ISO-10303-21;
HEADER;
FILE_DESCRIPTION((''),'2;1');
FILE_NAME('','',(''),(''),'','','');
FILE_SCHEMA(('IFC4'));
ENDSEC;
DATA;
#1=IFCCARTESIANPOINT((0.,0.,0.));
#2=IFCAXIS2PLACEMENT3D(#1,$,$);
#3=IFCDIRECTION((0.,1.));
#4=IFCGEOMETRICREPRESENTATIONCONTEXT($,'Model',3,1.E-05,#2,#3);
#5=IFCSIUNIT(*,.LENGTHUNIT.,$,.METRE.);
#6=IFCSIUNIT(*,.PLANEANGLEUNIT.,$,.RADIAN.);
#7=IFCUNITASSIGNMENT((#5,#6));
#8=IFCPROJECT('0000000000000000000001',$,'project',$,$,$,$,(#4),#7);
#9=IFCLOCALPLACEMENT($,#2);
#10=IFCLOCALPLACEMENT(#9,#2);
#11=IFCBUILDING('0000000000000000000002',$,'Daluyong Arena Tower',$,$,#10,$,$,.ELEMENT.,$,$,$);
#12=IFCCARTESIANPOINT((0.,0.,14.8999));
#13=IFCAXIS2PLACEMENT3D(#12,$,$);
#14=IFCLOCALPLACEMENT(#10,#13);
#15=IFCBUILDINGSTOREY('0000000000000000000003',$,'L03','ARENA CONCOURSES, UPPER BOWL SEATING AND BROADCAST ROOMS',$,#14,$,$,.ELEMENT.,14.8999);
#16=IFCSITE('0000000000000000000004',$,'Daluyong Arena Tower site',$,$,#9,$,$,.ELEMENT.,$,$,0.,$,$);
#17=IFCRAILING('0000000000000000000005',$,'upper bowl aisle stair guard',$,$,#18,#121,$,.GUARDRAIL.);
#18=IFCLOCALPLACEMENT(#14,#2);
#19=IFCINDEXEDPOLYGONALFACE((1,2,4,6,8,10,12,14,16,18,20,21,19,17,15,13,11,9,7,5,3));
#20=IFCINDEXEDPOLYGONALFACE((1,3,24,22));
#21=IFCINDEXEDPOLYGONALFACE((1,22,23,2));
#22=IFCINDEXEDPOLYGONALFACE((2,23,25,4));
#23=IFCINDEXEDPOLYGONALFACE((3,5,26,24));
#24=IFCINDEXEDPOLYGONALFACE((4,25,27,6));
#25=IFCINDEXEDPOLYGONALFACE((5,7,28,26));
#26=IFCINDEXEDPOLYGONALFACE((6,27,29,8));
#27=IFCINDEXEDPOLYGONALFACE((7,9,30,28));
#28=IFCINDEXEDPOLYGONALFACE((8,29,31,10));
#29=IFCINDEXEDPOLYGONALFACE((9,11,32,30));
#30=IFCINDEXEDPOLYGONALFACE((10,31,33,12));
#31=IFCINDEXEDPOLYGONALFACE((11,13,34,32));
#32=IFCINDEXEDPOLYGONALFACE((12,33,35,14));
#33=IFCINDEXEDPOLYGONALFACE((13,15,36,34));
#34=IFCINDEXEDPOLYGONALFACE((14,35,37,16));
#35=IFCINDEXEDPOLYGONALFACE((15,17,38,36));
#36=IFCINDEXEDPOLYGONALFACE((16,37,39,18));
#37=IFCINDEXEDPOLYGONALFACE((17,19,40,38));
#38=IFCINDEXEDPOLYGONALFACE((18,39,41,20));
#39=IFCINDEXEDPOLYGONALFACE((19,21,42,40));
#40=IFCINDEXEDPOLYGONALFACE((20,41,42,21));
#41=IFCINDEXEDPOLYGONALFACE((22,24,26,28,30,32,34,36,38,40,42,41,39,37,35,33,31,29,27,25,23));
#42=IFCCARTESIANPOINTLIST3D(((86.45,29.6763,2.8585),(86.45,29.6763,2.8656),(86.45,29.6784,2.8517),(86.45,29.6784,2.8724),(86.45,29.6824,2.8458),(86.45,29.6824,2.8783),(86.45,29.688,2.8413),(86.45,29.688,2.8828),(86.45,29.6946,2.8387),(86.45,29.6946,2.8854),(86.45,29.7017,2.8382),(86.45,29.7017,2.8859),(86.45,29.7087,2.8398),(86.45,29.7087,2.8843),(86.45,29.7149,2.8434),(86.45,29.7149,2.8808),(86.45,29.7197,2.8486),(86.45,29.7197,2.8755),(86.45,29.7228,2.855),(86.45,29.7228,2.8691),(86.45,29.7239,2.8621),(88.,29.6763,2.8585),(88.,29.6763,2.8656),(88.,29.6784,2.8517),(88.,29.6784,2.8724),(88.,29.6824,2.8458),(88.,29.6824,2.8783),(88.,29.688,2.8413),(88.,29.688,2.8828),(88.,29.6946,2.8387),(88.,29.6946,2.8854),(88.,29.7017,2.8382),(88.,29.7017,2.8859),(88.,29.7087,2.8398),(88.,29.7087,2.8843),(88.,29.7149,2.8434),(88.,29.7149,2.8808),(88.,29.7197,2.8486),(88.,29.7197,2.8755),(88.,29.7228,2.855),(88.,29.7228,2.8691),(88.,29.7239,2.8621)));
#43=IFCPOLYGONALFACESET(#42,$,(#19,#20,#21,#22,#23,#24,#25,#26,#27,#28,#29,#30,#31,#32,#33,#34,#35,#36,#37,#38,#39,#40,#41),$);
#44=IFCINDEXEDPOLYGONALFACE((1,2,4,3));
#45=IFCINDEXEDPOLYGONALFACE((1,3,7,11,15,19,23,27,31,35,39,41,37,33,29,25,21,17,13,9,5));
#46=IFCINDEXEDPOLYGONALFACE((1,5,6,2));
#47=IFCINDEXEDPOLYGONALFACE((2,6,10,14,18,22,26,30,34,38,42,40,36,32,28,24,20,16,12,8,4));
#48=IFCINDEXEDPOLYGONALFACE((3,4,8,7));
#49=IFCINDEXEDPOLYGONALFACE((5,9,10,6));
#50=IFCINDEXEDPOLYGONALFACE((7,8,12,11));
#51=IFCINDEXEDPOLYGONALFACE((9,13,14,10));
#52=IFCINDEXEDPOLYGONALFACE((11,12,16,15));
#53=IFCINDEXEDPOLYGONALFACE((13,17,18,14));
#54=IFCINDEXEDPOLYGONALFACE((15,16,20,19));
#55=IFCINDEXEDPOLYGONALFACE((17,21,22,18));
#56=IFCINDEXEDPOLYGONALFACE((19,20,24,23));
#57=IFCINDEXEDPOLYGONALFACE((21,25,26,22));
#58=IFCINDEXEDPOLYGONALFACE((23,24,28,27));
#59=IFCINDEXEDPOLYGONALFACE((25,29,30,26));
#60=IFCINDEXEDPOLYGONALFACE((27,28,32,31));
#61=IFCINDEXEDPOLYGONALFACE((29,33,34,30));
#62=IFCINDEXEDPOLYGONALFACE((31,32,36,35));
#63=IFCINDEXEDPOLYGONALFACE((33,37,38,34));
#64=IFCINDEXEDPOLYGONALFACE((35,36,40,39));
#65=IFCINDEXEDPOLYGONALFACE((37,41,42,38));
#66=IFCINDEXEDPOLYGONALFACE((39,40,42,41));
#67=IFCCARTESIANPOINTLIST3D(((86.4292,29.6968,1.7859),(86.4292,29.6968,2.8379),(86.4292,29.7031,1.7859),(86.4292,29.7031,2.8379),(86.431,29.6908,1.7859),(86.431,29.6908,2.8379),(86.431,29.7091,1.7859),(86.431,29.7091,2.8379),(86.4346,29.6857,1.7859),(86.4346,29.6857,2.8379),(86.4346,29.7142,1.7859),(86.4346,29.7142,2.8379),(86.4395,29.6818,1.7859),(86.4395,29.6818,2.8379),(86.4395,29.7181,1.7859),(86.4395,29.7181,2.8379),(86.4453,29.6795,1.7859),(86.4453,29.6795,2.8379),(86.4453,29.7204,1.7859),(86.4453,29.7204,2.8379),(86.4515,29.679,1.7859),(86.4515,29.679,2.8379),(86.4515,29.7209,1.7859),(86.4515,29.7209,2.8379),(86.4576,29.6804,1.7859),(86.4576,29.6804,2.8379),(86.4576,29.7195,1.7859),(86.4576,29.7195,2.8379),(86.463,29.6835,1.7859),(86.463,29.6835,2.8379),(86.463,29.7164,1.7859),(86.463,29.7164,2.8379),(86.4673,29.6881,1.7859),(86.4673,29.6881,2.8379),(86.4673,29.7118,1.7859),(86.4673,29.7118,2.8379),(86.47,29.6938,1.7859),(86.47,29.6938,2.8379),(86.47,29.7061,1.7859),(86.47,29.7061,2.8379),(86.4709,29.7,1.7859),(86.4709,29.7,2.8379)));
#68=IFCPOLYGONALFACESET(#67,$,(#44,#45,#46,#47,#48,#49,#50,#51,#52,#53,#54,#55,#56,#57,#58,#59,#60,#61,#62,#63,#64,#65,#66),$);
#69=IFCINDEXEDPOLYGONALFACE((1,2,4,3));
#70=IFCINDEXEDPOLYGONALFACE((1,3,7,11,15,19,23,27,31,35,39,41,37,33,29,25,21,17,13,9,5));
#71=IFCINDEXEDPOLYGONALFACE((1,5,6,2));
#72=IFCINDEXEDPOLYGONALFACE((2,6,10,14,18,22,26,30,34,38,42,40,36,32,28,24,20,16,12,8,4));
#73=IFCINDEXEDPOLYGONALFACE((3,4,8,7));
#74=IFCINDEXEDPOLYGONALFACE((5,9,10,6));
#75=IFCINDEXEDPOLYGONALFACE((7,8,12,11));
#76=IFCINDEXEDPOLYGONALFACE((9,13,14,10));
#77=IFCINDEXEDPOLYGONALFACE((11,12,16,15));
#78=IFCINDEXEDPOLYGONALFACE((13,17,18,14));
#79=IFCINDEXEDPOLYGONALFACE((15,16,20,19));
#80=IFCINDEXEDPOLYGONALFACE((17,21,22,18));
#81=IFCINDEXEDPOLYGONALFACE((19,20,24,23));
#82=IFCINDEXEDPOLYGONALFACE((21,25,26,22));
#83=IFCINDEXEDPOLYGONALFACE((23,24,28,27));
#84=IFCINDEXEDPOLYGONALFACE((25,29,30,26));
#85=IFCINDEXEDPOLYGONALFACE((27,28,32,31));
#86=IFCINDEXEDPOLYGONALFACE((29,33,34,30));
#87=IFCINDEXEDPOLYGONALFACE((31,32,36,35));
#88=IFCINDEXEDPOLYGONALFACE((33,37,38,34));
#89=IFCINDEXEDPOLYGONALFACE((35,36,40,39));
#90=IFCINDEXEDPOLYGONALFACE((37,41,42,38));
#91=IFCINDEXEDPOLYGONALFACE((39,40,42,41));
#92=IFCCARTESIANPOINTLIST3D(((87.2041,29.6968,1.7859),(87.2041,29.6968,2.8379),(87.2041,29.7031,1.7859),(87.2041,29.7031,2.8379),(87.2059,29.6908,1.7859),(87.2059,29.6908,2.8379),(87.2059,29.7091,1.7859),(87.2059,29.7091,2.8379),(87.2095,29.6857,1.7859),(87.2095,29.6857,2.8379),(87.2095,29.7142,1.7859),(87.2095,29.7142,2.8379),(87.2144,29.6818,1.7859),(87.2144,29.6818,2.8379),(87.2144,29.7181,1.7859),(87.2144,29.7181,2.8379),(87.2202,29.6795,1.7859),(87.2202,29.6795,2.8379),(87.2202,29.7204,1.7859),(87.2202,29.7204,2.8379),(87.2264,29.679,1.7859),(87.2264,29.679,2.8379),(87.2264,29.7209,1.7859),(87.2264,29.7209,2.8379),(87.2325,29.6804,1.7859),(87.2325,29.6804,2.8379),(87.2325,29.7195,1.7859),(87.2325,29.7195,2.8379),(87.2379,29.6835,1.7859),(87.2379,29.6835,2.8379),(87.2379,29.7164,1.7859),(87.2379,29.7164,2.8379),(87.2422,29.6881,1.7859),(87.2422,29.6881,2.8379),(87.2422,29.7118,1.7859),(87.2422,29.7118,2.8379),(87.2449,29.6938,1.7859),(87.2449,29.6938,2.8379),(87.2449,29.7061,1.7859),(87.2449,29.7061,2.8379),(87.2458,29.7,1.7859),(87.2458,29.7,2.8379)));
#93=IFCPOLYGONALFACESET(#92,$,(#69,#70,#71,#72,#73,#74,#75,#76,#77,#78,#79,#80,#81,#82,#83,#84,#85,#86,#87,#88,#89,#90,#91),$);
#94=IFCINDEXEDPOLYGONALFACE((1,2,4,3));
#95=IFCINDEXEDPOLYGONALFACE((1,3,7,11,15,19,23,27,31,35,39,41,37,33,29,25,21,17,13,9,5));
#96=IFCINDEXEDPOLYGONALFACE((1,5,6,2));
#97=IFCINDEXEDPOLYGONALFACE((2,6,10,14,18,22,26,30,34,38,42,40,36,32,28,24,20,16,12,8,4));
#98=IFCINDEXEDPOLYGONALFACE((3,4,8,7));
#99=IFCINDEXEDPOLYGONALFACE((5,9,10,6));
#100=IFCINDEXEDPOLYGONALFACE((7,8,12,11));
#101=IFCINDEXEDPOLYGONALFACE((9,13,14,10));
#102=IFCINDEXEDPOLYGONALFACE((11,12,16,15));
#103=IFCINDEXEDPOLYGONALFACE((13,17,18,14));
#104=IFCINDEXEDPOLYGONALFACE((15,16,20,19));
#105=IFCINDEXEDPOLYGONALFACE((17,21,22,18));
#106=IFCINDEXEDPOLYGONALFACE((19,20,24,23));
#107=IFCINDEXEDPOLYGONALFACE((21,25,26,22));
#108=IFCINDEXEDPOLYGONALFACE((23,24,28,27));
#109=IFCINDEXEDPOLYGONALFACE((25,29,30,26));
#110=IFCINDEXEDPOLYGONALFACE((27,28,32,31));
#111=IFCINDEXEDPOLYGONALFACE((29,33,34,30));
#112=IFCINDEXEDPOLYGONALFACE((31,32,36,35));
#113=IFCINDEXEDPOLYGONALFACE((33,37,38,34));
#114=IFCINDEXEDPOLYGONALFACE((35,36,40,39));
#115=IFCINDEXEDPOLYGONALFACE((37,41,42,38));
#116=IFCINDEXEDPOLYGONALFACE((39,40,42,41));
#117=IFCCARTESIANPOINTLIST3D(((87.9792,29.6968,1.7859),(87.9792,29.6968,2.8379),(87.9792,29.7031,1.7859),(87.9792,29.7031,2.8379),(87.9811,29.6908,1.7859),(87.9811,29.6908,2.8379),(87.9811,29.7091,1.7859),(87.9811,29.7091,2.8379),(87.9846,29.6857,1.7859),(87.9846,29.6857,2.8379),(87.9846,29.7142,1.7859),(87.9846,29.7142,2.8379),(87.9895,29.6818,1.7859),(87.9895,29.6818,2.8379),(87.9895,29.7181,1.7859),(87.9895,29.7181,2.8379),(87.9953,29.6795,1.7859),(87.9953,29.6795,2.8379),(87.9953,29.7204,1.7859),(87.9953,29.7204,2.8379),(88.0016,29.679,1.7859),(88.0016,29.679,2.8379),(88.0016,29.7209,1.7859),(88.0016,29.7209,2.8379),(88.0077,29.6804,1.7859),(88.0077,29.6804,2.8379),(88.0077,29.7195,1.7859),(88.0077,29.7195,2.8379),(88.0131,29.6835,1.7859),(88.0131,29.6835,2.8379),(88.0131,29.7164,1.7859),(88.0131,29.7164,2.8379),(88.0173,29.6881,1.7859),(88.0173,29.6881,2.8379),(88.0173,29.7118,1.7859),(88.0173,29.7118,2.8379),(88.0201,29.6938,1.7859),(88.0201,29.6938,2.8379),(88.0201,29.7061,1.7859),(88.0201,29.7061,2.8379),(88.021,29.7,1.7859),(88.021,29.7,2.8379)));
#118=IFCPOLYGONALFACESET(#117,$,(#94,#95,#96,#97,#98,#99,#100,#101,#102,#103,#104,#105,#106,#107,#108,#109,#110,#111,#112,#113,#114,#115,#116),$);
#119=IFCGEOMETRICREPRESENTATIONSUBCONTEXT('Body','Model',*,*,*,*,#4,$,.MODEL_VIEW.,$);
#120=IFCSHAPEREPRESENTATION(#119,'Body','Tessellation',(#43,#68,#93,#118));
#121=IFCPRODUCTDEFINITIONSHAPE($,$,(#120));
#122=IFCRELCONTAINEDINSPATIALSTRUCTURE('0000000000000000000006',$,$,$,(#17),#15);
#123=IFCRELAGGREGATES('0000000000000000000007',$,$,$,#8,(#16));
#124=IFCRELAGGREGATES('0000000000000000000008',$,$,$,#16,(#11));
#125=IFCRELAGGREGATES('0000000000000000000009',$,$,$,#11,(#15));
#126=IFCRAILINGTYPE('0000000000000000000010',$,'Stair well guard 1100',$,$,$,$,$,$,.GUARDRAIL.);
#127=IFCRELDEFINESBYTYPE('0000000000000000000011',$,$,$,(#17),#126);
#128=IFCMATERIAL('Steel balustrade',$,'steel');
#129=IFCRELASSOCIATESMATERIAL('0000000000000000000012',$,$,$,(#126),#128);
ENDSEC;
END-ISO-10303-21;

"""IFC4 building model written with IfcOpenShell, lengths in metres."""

from ifc_helpers import new_model, si_unit, direction, frame, origin, origin_2d, place, context, subcontext, project, spatial, circle, extrude, material, type_object, element, save


model = new_model("IFC4")

# Units and contexts
model_context = context("Model", 3, precision=1e-05, world=origin(), true_north=direction((0.0, 1.0)))
body_context = subcontext(model_context, "Body", "Model", "MODEL_VIEW")
ifc_project = project(units=[si_unit("LENGTHUNIT", "METRE"), si_unit("PLANEANGLEUNIT", "RADIAN")], contexts=[model_context])

# Site, building, storey
site_placement = place(None, origin())
site = spatial("IfcSite", under=ifc_project, at=site_placement, Name="Daluyong Arena Tower site", CompositionType="ELEMENT", RefElevation=0.0)
building_placement = place(site_placement, origin())
building = spatial("IfcBuilding", under=site, at=building_placement, Name="Daluyong Arena Tower", CompositionType="ELEMENT")
storey_placement = place(building_placement, frame((0.0, 0.0, 14.8999)))
storey = spatial("IfcBuildingStorey", under=building, at=storey_placement, Name="L03", Description="ARENA CONCOURSES, UPPER BOWL SEATING AND BROADCAST ROOMS", CompositionType="ELEMENT", Elevation=14.8999)

# Railing
ifc_material_1 = material(Name="Steel balustrade", Category="steel")
railing_type_1 = type_object("IfcRailingType", Name="Stair well guard 1100", PredefinedType="GUARDRAIL", material=ifc_material_1)
railing_1_placement = place(storey_placement, frame((86.45, 29.7, 1.7859)))
element("IfcRailing", 1, at=railing_1_placement, inside=storey, type_object=railing_type_1, Name="upper bowl aisle stair guard", PredefinedType="GUARDRAIL", context=body_context, shape_type="SweptSolid", body=[
    extrude(circle(Radius=0.0239, at=origin_2d()), frame((0.0, 0.0, 1.0762), z_axis=(1.0, 0.0, 0.0), x_axis=(0.0, 1.0, 0.0)), (0.0, 0.0, 1.0), 1.55),
    extrude(circle(Radius=0.021, at=origin_2d()), origin(), (0.0, 0.0, 1.0), 1.052),
    extrude(circle(Radius=0.021, at=origin_2d()), frame((0.7749, 0.0, 0.0)), (0.0, 0.0, 1.0), 1.052),
    extrude(circle(Radius=0.021, at=origin_2d()), frame((1.55, 0.0, 0.0)), (0.0, 0.0, 1.0), 1.052),
])

save(model, "model.ifc")
